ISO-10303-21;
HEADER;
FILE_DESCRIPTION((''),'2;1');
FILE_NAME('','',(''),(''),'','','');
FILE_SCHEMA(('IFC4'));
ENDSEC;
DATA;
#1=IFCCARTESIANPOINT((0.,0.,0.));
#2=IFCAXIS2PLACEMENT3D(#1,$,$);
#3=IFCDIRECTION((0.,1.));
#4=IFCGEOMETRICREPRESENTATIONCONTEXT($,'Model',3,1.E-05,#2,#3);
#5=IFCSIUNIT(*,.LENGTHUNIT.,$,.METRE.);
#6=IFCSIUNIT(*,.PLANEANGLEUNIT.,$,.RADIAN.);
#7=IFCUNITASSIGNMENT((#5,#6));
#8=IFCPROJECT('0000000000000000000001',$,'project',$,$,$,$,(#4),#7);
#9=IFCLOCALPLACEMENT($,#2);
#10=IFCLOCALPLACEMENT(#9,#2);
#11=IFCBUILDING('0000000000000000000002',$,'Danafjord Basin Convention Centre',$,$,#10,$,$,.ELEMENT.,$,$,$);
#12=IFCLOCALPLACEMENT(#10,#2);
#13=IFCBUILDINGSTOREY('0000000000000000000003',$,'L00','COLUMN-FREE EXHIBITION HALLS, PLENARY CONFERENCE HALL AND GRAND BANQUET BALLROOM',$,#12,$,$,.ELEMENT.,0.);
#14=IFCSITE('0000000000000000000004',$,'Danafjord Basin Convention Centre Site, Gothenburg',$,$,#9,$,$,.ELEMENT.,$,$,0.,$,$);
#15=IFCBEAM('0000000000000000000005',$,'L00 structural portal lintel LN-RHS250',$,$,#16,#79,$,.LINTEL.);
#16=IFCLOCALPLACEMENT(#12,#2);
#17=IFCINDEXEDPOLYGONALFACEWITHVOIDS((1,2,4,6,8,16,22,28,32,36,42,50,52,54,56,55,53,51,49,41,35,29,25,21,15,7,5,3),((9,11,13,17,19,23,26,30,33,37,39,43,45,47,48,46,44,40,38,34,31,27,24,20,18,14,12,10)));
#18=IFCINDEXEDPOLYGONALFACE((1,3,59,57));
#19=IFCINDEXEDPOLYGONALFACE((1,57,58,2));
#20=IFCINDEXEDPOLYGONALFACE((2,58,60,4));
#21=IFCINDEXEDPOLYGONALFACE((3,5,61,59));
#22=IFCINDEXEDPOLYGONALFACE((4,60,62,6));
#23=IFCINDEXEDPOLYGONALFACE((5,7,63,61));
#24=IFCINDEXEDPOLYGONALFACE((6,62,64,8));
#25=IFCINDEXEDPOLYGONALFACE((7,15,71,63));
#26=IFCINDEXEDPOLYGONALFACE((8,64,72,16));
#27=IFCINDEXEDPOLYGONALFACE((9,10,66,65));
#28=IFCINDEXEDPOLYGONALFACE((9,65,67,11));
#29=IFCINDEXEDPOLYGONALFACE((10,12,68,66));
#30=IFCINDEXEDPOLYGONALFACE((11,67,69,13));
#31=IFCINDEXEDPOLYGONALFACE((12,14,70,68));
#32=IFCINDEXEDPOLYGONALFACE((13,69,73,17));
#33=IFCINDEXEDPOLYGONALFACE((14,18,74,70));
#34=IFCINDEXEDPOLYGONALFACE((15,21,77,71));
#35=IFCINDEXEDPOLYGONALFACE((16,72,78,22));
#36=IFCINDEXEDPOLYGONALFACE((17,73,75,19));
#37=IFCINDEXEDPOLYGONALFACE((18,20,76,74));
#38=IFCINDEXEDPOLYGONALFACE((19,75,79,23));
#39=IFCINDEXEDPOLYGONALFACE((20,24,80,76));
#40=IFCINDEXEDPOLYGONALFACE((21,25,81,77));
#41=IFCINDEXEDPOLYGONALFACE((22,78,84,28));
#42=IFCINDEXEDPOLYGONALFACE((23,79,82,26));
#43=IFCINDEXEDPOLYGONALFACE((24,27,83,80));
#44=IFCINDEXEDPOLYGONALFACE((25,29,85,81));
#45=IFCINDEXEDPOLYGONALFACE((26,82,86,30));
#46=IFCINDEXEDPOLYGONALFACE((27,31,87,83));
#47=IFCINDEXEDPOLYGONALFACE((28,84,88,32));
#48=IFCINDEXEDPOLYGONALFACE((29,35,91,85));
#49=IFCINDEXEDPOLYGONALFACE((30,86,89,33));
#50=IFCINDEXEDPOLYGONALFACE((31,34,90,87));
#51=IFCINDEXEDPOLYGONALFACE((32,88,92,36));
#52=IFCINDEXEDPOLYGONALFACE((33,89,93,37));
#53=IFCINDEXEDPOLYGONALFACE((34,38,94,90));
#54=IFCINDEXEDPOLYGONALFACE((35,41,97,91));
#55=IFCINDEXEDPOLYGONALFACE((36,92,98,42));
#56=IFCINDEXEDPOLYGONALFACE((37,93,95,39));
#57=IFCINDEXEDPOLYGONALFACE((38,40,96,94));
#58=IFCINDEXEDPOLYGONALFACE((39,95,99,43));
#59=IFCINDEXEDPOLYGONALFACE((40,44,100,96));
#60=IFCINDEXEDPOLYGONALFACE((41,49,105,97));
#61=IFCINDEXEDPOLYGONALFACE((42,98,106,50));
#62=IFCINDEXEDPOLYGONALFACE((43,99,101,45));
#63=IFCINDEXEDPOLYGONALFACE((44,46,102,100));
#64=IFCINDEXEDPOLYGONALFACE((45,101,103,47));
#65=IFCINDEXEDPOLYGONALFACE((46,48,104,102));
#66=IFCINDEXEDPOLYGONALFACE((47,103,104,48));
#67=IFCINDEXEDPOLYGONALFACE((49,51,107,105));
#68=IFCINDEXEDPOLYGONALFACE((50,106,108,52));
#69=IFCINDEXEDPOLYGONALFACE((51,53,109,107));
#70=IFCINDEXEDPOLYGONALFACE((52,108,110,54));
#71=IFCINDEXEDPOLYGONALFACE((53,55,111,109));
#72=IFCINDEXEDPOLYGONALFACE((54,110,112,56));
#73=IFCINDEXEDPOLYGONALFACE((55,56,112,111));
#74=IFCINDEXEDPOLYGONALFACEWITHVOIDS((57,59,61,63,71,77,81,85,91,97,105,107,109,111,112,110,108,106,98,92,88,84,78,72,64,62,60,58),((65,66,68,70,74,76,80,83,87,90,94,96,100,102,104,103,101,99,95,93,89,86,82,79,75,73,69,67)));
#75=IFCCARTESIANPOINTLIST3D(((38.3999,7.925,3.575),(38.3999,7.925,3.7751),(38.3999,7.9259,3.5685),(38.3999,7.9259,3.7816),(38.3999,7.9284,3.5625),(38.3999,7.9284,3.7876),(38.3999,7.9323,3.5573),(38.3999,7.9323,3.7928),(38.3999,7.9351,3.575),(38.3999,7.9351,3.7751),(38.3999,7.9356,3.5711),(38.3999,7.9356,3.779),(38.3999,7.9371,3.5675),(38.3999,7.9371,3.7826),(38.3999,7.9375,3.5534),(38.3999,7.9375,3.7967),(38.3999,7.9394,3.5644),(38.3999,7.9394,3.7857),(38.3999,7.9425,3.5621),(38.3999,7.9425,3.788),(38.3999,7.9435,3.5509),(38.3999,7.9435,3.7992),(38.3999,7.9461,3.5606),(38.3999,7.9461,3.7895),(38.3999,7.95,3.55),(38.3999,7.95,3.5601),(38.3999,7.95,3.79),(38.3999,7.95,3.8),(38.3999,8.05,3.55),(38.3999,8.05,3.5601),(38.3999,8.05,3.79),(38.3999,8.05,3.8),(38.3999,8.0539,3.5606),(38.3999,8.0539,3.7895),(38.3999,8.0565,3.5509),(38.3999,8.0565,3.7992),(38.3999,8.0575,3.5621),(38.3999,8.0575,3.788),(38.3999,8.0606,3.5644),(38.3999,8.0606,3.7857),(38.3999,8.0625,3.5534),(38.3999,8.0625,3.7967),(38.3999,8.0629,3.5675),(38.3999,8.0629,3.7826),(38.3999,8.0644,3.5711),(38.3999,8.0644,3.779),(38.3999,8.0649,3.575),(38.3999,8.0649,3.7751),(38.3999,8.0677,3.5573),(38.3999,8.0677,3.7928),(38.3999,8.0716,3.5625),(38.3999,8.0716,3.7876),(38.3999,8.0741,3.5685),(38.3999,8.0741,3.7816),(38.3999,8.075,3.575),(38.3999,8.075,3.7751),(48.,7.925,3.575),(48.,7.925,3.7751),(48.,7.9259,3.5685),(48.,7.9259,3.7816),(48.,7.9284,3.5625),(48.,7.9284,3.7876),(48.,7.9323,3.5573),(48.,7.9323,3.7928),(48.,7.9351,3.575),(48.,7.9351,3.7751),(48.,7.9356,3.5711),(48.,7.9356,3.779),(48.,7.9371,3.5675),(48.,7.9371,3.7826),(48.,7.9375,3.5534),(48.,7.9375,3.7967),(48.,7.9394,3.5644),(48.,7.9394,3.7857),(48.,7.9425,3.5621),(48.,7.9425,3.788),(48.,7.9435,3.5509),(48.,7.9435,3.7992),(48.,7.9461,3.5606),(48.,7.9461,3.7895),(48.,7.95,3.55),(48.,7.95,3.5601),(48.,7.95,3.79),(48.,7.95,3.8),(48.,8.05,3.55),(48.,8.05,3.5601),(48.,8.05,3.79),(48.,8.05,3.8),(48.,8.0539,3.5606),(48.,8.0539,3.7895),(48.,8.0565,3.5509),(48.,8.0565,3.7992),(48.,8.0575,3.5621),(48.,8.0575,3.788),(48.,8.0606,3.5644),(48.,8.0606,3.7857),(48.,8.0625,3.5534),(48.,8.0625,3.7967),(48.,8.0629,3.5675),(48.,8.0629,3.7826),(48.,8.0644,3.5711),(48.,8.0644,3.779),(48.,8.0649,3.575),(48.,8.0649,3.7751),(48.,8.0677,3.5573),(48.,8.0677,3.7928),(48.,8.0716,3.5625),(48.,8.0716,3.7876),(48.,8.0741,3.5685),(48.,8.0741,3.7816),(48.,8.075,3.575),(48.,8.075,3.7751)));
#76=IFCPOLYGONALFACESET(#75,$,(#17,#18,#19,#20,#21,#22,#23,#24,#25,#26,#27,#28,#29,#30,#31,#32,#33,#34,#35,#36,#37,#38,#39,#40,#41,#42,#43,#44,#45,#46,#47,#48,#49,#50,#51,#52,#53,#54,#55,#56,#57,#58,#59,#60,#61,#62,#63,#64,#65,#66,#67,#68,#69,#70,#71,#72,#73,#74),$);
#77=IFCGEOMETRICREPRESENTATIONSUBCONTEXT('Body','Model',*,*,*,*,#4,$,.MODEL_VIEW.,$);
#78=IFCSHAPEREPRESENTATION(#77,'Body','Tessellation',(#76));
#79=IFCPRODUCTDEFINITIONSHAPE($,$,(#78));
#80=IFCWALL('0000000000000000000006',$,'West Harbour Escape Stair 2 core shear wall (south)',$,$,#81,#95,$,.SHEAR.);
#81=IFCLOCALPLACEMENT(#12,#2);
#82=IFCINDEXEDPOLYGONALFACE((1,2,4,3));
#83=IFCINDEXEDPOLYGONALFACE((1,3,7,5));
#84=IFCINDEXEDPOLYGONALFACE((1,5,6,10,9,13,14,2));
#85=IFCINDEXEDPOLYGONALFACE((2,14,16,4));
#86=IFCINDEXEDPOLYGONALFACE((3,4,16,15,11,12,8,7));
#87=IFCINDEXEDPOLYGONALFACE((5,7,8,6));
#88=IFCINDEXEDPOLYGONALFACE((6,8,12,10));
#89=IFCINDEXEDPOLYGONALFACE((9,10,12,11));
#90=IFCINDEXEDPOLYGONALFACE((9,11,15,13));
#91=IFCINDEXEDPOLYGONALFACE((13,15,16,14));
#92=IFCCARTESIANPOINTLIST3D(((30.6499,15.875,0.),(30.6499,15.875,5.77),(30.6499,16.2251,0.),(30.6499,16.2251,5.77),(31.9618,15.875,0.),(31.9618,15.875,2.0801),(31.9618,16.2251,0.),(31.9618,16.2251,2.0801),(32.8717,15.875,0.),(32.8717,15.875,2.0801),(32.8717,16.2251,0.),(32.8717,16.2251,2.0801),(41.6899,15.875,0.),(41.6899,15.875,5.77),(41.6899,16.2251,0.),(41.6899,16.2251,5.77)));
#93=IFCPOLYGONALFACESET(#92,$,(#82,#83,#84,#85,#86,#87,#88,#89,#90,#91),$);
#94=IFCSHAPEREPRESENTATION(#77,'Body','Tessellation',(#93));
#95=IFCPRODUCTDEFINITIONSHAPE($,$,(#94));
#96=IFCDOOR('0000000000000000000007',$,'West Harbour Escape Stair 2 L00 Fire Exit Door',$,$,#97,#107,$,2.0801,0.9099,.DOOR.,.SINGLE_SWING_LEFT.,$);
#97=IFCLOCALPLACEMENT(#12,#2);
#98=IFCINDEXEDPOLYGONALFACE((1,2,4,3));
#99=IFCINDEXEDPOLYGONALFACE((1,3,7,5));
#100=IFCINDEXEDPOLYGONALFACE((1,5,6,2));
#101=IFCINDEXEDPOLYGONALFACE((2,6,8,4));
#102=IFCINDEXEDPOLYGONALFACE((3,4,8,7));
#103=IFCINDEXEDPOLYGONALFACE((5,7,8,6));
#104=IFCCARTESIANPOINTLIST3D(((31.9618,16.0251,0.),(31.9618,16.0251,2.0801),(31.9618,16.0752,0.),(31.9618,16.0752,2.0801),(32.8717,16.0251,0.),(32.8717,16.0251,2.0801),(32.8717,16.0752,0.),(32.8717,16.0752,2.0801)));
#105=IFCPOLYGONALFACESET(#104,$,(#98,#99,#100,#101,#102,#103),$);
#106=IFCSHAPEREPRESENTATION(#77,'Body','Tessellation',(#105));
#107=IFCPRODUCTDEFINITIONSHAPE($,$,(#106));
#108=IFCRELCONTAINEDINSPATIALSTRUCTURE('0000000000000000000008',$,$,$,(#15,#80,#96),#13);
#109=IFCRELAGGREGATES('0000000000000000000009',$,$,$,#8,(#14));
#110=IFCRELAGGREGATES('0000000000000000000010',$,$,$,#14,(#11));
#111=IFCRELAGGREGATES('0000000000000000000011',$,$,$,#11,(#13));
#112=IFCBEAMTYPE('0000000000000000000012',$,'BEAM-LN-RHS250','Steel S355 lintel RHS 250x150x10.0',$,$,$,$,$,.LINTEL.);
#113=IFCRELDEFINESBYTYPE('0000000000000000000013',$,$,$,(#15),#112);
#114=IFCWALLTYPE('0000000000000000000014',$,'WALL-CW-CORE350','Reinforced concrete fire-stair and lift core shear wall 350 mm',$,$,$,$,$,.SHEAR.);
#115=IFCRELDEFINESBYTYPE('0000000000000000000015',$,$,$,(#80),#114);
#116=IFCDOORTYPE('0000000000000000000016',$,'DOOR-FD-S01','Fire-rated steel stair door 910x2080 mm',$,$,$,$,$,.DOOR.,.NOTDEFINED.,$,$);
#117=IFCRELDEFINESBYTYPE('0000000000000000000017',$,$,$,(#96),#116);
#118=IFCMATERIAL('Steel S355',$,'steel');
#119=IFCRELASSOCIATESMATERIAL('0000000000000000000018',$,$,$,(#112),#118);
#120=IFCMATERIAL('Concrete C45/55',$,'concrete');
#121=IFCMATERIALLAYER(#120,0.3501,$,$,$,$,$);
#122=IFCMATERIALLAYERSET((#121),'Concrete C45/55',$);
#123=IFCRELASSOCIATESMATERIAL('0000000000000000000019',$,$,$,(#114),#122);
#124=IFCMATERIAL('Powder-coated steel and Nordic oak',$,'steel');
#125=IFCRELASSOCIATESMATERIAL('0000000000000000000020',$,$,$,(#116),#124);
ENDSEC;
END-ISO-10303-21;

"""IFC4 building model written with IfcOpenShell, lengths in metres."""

from ifc_helpers import new_model, si_unit, direction, frame, frame_2d, origin, origin_2d, place, context, subcontext, project, spatial, rectangle, hollow_rectangle, extrude, material, layer, layer_set, material_profile, profile_set, type_object, element, fill, save


model = new_model("IFC4")

# Units and contexts
model_context = context("Model", 3, precision=1e-05, world=origin(), true_north=direction((0.0, 1.0)))
body_context = subcontext(model_context, "Body", "Model", "MODEL_VIEW")
ifc_project = project(units=[si_unit("LENGTHUNIT", "METRE"), si_unit("PLANEANGLEUNIT", "RADIAN")], contexts=[model_context])

# Site, building, storey
site_placement = place(None, origin())
site = spatial("IfcSite", under=ifc_project, at=site_placement, Name="Danafjord Basin Convention Centre Site, Gothenburg", CompositionType="ELEMENT", RefElevation=0.0)
building_placement = place(site_placement, origin())
building = spatial("IfcBuilding", under=site, at=building_placement, Name="Danafjord Basin Convention Centre", CompositionType="ELEMENT")
storey_placement = place(building_placement, origin())
storey = spatial("IfcBuildingStorey", under=building, at=storey_placement, Name="L00", Description="COLUMN-FREE EXHIBITION HALLS, PLENARY CONFERENCE HALL AND GRAND BANQUET BALLROOM", CompositionType="ELEMENT", Elevation=0.0)

# Shared definitions
ifc_material_1 = material(Name="Steel S355", Category="steel")

# Beam
ifc_material_profile_1 = material_profile(ifc_material_1, hollow_rectangle(XDim=0.1499, YDim=0.25, WallThickness=0.01, InnerFilletRadius=0.0149, OuterFilletRadius=0.0249, at=origin_2d()), Name="RHS 250x150x10.0")
ifc_profile_set_1 = profile_set([ifc_material_profile_1], Name="Steel S355")
beam_type_1 = type_object("IfcBeamType", Name="BEAM-LN-RHS250", Description="Steel S355 lintel RHS 250x150x10.0", PredefinedType="LINTEL", material=ifc_profile_set_1)
beam_1_placement = place(storey_placement, frame((38.3999, 8.0, 3.675), z_axis=(1.0, 0.0, 0.0), x_axis=(0.0, 1.0, 0.0)))
element("IfcBeam", 1, at=beam_1_placement, inside=storey, type_object=beam_type_1, Name="L00 structural portal lintel LN-RHS250", PredefinedType="LINTEL", context=body_context, shape_type="SweptSolid", body=[
    extrude(hollow_rectangle(XDim=0.1499, YDim=0.25, WallThickness=0.01, InnerFilletRadius=0.0149, OuterFilletRadius=0.0249, at=origin_2d()), origin(), (0.0, 0.0, 1.0), 9.6001),
])

# Wall, opening, door
ifc_material_2 = material(Name="Concrete C45/55", Category="concrete")
ifc_layer_1 = layer(ifc_material_2, 0.3501)
ifc_layer_set_1 = layer_set([ifc_layer_1], Name="Concrete C45/55")
wall_type_1 = type_object("IfcWallType", Name="WALL-CW-CORE350", Description="Reinforced concrete fire-stair and lift core shear wall 350 mm", PredefinedType="SHEAR", material=ifc_layer_set_1)
wall_1_placement = place(storey_placement, frame((41.6899, 16.05, 0.0), z_axis=(0.0, 0.0, 1.0), x_axis=(-1.0, 0.0, 0.0)))
wall_1 = element("IfcWall", 2, at=wall_1_placement, inside=storey, type_object=wall_type_1, Name="West Harbour Escape Stair 2 core shear wall (south)", PredefinedType="SHEAR", context=body_context, shape_type="SweptSolid", body=[
    extrude(rectangle(XDim=11.04, YDim=0.3501, at=frame_2d((5.52, 0.0))), origin(), (0.0, 0.0, 1.0), 5.77),
])
opening_1_placement = place(wall_1_placement, frame((8.8181, 0.0, 0.0)))
opening_1 = element("IfcOpeningElement", 3, at=opening_1_placement, cuts=wall_1, PredefinedType="OPENING", context=body_context, shape_type="SweptSolid", body=[
    extrude(rectangle(XDim=0.9099, YDim=2.0801, at=frame_2d((0.4551, 1.04))), frame((0.0, 0.1851, 0.0), z_axis=(0.0, -1.0, 0.0), x_axis=(1.0, 0.0, 0.0)), (0.0, 0.0, 1.0), 0.3701),
])
ifc_material_3 = material(Name="Powder-coated steel and Nordic oak", Category="steel")
door_type_1 = type_object("IfcDoorType", Name="DOOR-FD-S01", Description="Fire-rated steel stair door 910x2080 mm", OperationType="NOTDEFINED", PredefinedType="DOOR", material=ifc_material_3)
door_1_placement = place(opening_1_placement, origin())
door_1 = element("IfcDoor", 4, at=door_1_placement, inside=storey, type_object=door_type_1, Name="West Harbour Escape Stair 2 L00 Fire Exit Door", OperationType="SINGLE_SWING_LEFT", OverallHeight=2.0801, OverallWidth=0.9099, PredefinedType="DOOR", context=body_context, shape_type="SweptSolid", body=[
    extrude(rectangle(XDim=0.9099, YDim=2.0801, at=frame_2d((0.4551, 1.04))), frame((0.0, 0.0249, 0.0), z_axis=(0.0, -1.0, 0.0), x_axis=(1.0, 0.0, 0.0)), (0.0, 0.0, 1.0), 0.05),
])
fill(opening_1, door_1)

save(model, "model.ifc")
